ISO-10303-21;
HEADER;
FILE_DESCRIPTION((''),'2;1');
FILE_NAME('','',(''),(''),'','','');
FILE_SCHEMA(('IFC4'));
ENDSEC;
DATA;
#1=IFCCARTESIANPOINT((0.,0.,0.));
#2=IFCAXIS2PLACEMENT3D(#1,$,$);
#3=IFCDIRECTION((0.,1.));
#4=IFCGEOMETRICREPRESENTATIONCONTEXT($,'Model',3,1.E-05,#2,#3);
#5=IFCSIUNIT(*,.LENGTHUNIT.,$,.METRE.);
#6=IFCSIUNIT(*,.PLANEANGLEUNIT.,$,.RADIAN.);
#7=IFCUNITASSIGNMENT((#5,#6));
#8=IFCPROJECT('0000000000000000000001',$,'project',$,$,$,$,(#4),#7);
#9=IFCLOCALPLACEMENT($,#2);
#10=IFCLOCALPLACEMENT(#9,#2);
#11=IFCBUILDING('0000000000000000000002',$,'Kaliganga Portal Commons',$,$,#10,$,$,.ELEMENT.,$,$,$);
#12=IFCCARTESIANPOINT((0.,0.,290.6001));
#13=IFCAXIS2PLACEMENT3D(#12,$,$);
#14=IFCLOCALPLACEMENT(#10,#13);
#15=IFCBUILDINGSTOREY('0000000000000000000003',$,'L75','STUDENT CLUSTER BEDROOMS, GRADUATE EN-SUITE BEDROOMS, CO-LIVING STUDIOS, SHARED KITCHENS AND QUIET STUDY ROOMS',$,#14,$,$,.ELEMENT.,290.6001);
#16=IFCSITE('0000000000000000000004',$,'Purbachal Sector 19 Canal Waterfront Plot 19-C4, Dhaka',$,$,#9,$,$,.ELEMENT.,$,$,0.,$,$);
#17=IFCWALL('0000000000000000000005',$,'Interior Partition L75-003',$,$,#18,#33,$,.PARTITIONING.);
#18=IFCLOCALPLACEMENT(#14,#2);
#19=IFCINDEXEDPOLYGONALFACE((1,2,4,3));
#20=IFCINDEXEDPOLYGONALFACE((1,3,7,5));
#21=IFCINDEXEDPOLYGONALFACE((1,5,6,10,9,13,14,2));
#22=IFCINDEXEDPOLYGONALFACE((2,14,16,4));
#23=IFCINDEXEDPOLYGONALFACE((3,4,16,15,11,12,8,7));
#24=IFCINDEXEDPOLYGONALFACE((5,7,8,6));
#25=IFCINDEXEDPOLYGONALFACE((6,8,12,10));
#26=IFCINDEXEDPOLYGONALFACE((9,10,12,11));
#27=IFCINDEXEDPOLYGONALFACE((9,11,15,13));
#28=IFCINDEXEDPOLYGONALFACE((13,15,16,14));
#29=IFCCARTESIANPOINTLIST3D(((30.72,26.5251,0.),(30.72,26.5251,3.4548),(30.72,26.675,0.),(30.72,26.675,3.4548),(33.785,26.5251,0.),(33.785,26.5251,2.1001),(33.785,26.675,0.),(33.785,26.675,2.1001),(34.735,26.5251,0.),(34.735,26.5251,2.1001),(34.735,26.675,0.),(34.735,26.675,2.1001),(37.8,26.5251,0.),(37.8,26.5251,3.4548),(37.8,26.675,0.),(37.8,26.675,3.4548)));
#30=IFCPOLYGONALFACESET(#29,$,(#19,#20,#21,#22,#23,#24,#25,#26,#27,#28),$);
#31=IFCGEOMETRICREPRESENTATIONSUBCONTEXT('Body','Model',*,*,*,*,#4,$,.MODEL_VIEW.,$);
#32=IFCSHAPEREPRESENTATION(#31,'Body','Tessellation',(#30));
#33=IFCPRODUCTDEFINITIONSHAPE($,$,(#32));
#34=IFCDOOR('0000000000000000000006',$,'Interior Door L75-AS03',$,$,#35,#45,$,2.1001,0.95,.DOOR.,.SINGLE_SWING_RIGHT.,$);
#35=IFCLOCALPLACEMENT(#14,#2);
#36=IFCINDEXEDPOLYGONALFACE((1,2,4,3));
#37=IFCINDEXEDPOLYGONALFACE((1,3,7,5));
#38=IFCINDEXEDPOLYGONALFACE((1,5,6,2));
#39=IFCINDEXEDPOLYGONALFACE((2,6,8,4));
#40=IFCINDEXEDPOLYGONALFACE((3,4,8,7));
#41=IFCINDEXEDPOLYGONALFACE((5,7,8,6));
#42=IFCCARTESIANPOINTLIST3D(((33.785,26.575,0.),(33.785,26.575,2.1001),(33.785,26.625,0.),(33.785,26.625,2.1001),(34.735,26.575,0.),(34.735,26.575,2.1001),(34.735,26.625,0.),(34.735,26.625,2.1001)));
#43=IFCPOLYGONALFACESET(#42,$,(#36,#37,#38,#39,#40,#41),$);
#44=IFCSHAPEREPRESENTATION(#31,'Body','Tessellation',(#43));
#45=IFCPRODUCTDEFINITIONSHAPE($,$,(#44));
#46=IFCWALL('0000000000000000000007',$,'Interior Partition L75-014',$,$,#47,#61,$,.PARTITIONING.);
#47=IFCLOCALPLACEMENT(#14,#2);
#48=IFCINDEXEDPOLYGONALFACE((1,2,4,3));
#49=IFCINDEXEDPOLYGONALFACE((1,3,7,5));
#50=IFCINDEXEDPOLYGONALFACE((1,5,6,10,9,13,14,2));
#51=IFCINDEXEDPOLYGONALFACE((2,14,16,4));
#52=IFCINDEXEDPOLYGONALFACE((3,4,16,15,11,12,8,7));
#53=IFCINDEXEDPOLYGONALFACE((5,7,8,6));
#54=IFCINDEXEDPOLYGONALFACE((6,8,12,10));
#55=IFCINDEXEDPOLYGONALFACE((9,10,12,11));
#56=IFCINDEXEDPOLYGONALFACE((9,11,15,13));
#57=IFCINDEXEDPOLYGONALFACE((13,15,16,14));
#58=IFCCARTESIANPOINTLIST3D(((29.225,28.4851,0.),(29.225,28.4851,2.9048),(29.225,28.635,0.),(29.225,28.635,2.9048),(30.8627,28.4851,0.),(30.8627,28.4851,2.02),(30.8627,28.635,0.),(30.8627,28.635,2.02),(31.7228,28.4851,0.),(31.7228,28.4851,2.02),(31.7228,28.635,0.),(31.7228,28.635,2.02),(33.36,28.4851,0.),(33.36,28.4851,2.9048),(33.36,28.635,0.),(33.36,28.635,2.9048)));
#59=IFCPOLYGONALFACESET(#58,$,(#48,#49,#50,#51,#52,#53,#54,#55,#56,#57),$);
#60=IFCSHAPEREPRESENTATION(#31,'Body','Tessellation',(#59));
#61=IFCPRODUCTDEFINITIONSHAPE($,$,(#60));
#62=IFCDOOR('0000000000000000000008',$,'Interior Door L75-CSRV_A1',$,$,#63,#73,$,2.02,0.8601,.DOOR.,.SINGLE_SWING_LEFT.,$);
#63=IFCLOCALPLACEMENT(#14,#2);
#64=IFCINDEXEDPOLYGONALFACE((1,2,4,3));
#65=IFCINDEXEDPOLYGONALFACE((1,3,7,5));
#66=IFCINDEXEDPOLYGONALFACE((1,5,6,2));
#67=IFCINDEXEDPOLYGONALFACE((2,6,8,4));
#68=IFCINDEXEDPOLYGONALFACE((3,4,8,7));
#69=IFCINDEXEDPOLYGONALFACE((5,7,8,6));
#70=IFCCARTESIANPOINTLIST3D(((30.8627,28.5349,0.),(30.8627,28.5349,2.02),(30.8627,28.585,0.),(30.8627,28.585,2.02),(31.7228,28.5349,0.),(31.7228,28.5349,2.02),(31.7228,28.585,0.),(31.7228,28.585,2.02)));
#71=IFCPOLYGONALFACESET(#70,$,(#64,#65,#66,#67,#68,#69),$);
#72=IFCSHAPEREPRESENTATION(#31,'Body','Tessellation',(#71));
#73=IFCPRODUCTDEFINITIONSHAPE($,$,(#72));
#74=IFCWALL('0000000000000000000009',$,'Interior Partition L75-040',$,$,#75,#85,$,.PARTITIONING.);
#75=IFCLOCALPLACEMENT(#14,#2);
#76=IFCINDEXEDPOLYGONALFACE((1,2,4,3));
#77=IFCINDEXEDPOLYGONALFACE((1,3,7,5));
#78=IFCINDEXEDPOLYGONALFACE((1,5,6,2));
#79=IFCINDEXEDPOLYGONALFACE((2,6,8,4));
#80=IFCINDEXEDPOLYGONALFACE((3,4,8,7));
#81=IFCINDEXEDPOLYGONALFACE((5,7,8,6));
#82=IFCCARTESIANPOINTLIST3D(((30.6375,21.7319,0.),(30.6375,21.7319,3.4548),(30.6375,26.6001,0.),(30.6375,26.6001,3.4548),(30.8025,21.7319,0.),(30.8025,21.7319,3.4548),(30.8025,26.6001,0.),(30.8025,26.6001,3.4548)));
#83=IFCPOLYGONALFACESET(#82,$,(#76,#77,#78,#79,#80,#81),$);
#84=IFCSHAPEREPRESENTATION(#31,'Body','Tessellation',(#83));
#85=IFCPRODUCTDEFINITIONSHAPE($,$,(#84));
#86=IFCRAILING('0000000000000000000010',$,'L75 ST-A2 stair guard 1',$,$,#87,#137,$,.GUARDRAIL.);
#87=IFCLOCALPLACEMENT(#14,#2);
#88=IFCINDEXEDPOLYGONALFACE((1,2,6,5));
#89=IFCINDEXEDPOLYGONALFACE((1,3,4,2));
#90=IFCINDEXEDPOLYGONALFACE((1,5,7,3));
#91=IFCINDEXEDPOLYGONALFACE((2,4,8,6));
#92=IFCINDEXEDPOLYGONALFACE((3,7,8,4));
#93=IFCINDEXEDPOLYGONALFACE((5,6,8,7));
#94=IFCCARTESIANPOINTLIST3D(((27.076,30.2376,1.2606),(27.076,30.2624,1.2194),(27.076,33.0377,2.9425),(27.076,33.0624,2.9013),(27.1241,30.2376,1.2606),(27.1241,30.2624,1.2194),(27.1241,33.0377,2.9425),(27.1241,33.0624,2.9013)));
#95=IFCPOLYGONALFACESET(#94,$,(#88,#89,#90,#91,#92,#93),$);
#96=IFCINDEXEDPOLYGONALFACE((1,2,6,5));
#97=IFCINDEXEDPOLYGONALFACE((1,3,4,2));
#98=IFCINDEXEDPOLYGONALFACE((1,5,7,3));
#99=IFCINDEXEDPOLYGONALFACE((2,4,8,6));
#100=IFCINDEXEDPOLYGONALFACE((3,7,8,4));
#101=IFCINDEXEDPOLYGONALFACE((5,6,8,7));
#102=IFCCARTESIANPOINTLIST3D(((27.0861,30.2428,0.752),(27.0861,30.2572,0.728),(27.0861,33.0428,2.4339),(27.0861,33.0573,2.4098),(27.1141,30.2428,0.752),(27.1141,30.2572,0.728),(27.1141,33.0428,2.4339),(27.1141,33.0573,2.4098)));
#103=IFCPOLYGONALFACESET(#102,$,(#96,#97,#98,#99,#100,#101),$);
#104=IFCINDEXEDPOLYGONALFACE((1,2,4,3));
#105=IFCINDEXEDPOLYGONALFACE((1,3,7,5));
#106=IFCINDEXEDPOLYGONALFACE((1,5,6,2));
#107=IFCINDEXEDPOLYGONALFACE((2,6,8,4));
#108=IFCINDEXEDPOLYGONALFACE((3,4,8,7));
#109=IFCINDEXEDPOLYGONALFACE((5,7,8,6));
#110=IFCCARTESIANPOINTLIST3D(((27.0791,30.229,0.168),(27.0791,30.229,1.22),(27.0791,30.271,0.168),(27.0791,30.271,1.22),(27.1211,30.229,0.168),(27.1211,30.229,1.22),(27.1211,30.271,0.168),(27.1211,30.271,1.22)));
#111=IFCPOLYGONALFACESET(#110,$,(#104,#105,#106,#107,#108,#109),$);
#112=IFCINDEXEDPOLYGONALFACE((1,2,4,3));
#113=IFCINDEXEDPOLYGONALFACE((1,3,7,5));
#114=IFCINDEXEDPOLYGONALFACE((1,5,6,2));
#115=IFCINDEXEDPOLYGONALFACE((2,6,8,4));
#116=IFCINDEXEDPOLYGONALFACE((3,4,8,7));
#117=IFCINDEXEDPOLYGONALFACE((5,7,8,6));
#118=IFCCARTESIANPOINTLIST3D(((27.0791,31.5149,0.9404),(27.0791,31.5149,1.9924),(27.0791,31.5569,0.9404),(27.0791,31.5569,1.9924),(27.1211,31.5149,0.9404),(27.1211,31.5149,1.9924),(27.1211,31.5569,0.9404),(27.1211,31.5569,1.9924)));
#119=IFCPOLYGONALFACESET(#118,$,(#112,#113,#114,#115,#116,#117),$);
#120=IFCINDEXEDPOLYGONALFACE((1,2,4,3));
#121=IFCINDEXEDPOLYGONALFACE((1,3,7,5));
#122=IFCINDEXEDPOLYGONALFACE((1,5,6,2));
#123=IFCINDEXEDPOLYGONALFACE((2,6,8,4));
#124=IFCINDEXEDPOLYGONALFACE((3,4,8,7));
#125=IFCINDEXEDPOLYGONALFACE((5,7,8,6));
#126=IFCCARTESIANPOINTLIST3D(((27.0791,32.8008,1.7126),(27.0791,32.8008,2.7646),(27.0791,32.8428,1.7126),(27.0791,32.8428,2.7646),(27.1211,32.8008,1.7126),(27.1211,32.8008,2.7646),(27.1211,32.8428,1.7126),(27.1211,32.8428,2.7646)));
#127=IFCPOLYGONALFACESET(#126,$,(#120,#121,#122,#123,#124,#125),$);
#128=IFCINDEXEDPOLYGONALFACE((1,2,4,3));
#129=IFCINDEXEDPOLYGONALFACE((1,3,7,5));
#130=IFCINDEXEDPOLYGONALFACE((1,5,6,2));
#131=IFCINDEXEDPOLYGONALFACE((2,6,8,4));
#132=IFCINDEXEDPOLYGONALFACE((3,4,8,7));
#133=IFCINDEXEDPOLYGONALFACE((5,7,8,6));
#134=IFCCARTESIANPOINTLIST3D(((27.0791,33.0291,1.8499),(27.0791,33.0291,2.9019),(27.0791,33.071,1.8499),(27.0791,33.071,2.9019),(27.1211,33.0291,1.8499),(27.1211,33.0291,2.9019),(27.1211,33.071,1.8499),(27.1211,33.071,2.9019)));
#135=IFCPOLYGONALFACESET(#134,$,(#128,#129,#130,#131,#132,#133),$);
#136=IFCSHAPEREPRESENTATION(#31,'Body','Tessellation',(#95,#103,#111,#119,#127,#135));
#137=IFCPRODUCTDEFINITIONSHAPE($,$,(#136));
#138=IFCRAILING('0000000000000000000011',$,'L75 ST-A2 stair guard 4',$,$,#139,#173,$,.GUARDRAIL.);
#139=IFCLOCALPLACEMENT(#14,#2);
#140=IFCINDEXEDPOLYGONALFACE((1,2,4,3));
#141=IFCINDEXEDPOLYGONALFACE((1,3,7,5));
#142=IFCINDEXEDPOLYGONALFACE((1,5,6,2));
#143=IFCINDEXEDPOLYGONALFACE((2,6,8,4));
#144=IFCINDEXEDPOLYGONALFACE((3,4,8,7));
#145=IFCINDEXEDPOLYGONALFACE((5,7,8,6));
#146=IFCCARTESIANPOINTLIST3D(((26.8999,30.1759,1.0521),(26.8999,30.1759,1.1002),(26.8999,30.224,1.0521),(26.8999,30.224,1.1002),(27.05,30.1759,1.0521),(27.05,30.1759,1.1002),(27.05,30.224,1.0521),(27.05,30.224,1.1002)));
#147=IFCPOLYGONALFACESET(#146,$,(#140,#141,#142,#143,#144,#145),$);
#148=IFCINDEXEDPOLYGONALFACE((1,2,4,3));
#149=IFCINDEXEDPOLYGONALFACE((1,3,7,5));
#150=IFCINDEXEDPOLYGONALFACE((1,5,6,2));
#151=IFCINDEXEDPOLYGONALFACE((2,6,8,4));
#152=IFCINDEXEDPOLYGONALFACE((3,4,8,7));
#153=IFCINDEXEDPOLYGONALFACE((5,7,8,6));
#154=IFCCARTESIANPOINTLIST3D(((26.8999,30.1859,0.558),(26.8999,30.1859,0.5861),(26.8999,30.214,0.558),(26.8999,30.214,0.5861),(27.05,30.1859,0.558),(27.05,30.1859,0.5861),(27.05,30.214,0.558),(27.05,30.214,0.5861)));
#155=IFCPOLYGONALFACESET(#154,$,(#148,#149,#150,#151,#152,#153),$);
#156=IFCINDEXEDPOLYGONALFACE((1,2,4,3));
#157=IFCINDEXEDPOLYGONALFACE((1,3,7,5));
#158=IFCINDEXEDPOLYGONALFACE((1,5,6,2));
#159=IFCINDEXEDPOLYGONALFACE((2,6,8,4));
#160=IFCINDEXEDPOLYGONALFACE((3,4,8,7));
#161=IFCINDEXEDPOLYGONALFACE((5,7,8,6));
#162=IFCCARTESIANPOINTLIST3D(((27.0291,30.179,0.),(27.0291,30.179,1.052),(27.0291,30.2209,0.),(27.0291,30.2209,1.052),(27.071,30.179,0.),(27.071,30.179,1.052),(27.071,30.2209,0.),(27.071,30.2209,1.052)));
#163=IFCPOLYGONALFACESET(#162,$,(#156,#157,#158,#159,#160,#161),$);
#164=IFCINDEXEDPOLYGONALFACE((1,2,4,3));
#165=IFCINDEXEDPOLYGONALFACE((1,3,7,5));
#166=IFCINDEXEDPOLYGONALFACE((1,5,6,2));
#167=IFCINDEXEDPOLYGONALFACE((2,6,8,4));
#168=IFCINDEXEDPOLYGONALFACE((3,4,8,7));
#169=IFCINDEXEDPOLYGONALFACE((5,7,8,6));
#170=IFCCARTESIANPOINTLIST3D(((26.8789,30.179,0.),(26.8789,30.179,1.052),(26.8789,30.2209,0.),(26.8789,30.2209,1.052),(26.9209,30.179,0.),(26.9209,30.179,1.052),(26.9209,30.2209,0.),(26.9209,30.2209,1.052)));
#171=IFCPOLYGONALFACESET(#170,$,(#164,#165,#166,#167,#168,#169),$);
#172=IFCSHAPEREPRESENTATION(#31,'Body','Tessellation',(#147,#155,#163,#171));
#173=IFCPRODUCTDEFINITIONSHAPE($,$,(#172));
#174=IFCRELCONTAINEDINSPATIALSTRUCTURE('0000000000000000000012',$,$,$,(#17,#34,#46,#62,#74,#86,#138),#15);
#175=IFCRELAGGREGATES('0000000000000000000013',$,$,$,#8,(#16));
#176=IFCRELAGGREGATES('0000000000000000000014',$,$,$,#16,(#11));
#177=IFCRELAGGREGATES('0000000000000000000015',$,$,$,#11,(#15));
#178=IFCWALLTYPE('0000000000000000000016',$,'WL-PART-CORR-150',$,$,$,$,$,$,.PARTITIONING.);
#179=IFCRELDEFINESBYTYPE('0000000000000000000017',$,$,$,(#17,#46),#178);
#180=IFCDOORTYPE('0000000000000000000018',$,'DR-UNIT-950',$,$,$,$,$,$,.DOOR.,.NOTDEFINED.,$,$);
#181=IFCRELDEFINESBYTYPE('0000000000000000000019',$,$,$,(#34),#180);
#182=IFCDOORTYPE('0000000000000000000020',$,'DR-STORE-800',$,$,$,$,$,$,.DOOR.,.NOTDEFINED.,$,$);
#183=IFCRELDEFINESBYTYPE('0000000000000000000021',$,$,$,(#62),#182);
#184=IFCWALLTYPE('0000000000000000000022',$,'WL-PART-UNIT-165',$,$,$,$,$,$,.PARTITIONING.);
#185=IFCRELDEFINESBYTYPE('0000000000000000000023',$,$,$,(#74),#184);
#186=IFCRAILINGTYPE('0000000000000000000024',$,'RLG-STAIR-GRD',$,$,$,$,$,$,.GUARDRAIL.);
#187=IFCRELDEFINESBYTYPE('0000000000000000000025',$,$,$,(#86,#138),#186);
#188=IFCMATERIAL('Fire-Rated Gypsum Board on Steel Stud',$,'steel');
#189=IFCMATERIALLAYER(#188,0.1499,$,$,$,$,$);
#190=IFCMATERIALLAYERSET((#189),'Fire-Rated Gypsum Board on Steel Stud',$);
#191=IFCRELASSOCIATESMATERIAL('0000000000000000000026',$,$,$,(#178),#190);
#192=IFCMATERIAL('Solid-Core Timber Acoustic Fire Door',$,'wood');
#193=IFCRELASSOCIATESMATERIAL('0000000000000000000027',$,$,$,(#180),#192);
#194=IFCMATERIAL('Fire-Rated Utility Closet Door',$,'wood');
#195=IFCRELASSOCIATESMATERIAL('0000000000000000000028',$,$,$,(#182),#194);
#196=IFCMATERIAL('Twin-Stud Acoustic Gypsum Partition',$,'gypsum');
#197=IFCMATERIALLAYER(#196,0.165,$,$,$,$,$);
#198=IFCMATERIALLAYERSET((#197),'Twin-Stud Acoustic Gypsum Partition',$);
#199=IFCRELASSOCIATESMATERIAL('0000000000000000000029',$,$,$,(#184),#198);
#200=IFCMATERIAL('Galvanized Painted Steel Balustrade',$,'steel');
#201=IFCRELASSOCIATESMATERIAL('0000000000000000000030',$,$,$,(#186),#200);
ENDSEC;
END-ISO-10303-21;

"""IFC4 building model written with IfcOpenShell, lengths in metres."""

from ifc_helpers import new_model, si_unit, direction, frame, frame_2d, origin, origin_2d, place, context, subcontext, project, spatial, rectangle, extrude, material, layer, layer_set, type_object, element, fill, save


model = new_model("IFC4")

# Units and contexts
model_context = context("Model", 3, precision=1e-05, world=origin(), true_north=direction((0.0, 1.0)))
body_context = subcontext(model_context, "Body", "Model", "MODEL_VIEW")
ifc_project = project(units=[si_unit("LENGTHUNIT", "METRE"), si_unit("PLANEANGLEUNIT", "RADIAN")], contexts=[model_context])

# Site, building, storey
site_placement = place(None, origin())
site = spatial("IfcSite", under=ifc_project, at=site_placement, Name="Purbachal Sector 19 Canal Waterfront Plot 19-C4, Dhaka", CompositionType="ELEMENT", RefElevation=0.0)
building_placement = place(site_placement, origin())
building = spatial("IfcBuilding", under=site, at=building_placement, Name="Kaliganga Portal Commons", CompositionType="ELEMENT")
storey_placement = place(building_placement, frame((0.0, 0.0, 290.6001)))
storey = spatial("IfcBuildingStorey", under=building, at=storey_placement, Name="L75", Description="STUDENT CLUSTER BEDROOMS, GRADUATE EN-SUITE BEDROOMS, CO-LIVING STUDIOS, SHARED KITCHENS AND QUIET STUDY ROOMS", CompositionType="ELEMENT", Elevation=290.6001)

# Walls, openings, doors
ifc_material_1 = material(Name="Fire-Rated Gypsum Board on Steel Stud", Category="steel")
ifc_layer_1 = layer(ifc_material_1, 0.1499)
ifc_layer_set_1 = layer_set([ifc_layer_1], Name="Fire-Rated Gypsum Board on Steel Stud")
wall_type_1 = type_object("IfcWallType", Name="WL-PART-CORR-150", PredefinedType="PARTITIONING", material=ifc_layer_set_1)
wall_1_placement = place(storey_placement, frame((30.72, 26.6001, 0.0), z_axis=(0.0, 0.0, 1.0), x_axis=(1.0, 0.0, 0.0)))
wall_1 = element("IfcWall", 1, at=wall_1_placement, inside=storey, type_object=wall_type_1, Name="Interior Partition L75-003", PredefinedType="PARTITIONING", context=body_context, shape_type="SweptSolid", body=[
    extrude(rectangle(XDim=7.0801, YDim=0.1499, at=frame_2d((3.54, 0.0))), origin(), (0.0, 0.0, 1.0), 3.4548),
])
opening_1_placement = place(wall_1_placement, frame((3.0649, 0.0, 0.0)))
opening_1 = element("IfcOpeningElement", 2, at=opening_1_placement, cuts=wall_1, PredefinedType="OPENING", context=body_context, shape_type="SweptSolid", body=[
    extrude(rectangle(XDim=0.95, YDim=2.1001, at=frame_2d((0.4751, 1.05))), frame((0.0, 0.085, 0.0), z_axis=(0.0, -1.0, 0.0), x_axis=(1.0, 0.0, 0.0)), (0.0, 0.0, 1.0), 0.1699),
])
ifc_material_2 = material(Name="Solid-Core Timber Acoustic Fire Door", Category="wood")
door_type_1 = type_object("IfcDoorType", Name="DR-UNIT-950", OperationType="NOTDEFINED", PredefinedType="DOOR", material=ifc_material_2)
door_1_placement = place(opening_1_placement, origin())
door_1 = element("IfcDoor", 3, at=door_1_placement, inside=storey, type_object=door_type_1, Name="Interior Door L75-AS03", OperationType="SINGLE_SWING_RIGHT", OverallHeight=2.1001, OverallWidth=0.95, PredefinedType="DOOR", context=body_context, shape_type="SweptSolid", body=[
    extrude(rectangle(XDim=0.95, YDim=2.1001, at=frame_2d((0.4751, 1.05))), frame((0.0, 0.0249, 0.0), z_axis=(0.0, -1.0, 0.0), x_axis=(1.0, 0.0, 0.0)), (0.0, 0.0, 1.0), 0.05),
])
fill(opening_1, door_1)
wall_2_placement = place(storey_placement, frame((29.2251, 28.5601, 0.0), z_axis=(0.0, 0.0, 1.0), x_axis=(1.0, 0.0, 0.0)))
wall_2 = element("IfcWall", 4, at=wall_2_placement, inside=storey, type_object=wall_type_1, Name="Interior Partition L75-014", PredefinedType="PARTITIONING", context=body_context, shape_type="SweptSolid", body=[
    extrude(rectangle(XDim=4.135, YDim=0.1499, at=frame_2d((2.0674, 0.0))), origin(), (0.0, 0.0, 1.0), 2.9048),
])
opening_2_placement = place(wall_2_placement, frame((1.6375, 0.0, 0.0)))
opening_2 = element("IfcOpeningElement", 5, at=opening_2_placement, cuts=wall_2, PredefinedType="OPENING", context=body_context, shape_type="SweptSolid", body=[
    extrude(rectangle(XDim=0.8601, YDim=2.02, at=frame_2d((0.4302, 1.01))), frame((0.0, 0.085, 0.0), z_axis=(0.0, -1.0, 0.0), x_axis=(1.0, 0.0, 0.0)), (0.0, 0.0, 1.0), 0.1699),
])
ifc_material_3 = material(Name="Fire-Rated Utility Closet Door", Category="wood")
door_type_2 = type_object("IfcDoorType", Name="DR-STORE-800", OperationType="NOTDEFINED", PredefinedType="DOOR", material=ifc_material_3)
door_2_placement = place(opening_2_placement, origin())
door_2 = element("IfcDoor", 6, at=door_2_placement, inside=storey, type_object=door_type_2, Name="Interior Door L75-CSRV_A1", OperationType="SINGLE_SWING_LEFT", OverallHeight=2.02, OverallWidth=0.8601, PredefinedType="DOOR", context=body_context, shape_type="SweptSolid", body=[
    extrude(rectangle(XDim=0.8601, YDim=2.02, at=frame_2d((0.4302, 1.01))), frame((0.0, 0.0249, 0.0), z_axis=(0.0, -1.0, 0.0), x_axis=(1.0, 0.0, 0.0)), (0.0, 0.0, 1.0), 0.05),
])
fill(opening_2, door_2)

# Wall
ifc_material_4 = material(Name="Twin-Stud Acoustic Gypsum Partition", Category="gypsum")
ifc_layer_2 = layer(ifc_material_4, 0.165)
ifc_layer_set_2 = layer_set([ifc_layer_2], Name="Twin-Stud Acoustic Gypsum Partition")
wall_type_2 = type_object("IfcWallType", Name="WL-PART-UNIT-165", PredefinedType="PARTITIONING", material=ifc_layer_set_2)
wall_3_placement = place(storey_placement, frame((30.72, 21.7319, 0.0), z_axis=(0.0, 0.0, 1.0), x_axis=(0.0, 1.0, 0.0)))
element("IfcWall", 7, at=wall_3_placement, inside=storey, type_object=wall_type_2, Name="Interior Partition L75-040", PredefinedType="PARTITIONING", context=body_context, shape_type="SweptSolid", body=[
    extrude(rectangle(XDim=4.8682, YDim=0.165, at=frame_2d((2.4341, 0.0))), origin(), (0.0, 0.0, 1.0), 3.4548),
])

# Railings
ifc_material_5 = material(Name="Galvanized Painted Steel Balustrade", Category="steel")
railing_type = type_object("IfcRailingType", Name="RLG-STAIR-GRD", PredefinedType="GUARDRAIL", material=ifc_material_5)
railing_1_placement = place(storey_placement, frame((27.1001, 30.25, 0.168)))
element("IfcRailing", 8, at=railing_1_placement, inside=storey, type_object=railing_type, Name="L75 ST-A2 stair guard 1", PredefinedType="GUARDRAIL", context=body_context, shape_type="SweptSolid", body=[
    extrude(rectangle(XDim=0.0481, YDim=0.0481, at=origin_2d()), frame((0.0, 0.0, 1.072), z_axis=(0.0, 0.857242, 0.514913), x_axis=(-1.0, 0.0, 0.0)), (0.0, 0.0, 1.0), 3.2664),
    extrude(rectangle(XDim=0.0281, YDim=0.0281, at=origin_2d()), frame((0.0, 0.0, 0.572), z_axis=(0.0, 0.857242, 0.514913), x_axis=(-1.0, 0.0, 0.0)), (0.0, 0.0, 1.0), 3.2664),
    extrude(rectangle(XDim=0.042, YDim=0.042, at=origin_2d()), origin(), (0.0, 0.0, 1.0), 1.052),
    extrude(rectangle(XDim=0.042, YDim=0.042, at=origin_2d()), frame((0.0, 1.2859, 0.7725)), (0.0, 0.0, 1.0), 1.052),
    extrude(rectangle(XDim=0.042, YDim=0.042, at=origin_2d()), frame((0.0, 2.5718, 1.5447)), (0.0, 0.0, 1.0), 1.052),
    extrude(rectangle(XDim=0.042, YDim=0.042, at=origin_2d()), frame((0.0, 2.8, 1.6819)), (0.0, 0.0, 1.0), 1.052),
])
railing_2_placement = place(storey_placement, frame((27.05, 30.2, 0.0)))
element("IfcRailing", 9, at=railing_2_placement, inside=storey, type_object=railing_type, Name="L75 ST-A2 stair guard 4", PredefinedType="GUARDRAIL", context=body_context, shape_type="SweptSolid", body=[
    extrude(rectangle(XDim=0.0481, YDim=0.0481, at=origin_2d()), frame((0.0, 0.0, 1.0762), z_axis=(-1.0, 0.0, 0.0), x_axis=(0.0, -1.0, 0.0)), (0.0, 0.0, 1.0), 0.1501),
    extrude(rectangle(XDim=0.0281, YDim=0.0281, at=origin_2d()), frame((0.0, 0.0, 0.572), z_axis=(-1.0, 0.0, 0.0), x_axis=(0.0, -1.0, 0.0)), (0.0, 0.0, 1.0), 0.1501),
    extrude(rectangle(XDim=0.042, YDim=0.042, at=origin_2d()), origin(), (0.0, 0.0, 1.0), 1.052),
    extrude(rectangle(XDim=0.042, YDim=0.042, at=origin_2d()), frame((-0.1501, 0.0, 0.0)), (0.0, 0.0, 1.0), 1.052),
])

save(model, "model.ifc")
